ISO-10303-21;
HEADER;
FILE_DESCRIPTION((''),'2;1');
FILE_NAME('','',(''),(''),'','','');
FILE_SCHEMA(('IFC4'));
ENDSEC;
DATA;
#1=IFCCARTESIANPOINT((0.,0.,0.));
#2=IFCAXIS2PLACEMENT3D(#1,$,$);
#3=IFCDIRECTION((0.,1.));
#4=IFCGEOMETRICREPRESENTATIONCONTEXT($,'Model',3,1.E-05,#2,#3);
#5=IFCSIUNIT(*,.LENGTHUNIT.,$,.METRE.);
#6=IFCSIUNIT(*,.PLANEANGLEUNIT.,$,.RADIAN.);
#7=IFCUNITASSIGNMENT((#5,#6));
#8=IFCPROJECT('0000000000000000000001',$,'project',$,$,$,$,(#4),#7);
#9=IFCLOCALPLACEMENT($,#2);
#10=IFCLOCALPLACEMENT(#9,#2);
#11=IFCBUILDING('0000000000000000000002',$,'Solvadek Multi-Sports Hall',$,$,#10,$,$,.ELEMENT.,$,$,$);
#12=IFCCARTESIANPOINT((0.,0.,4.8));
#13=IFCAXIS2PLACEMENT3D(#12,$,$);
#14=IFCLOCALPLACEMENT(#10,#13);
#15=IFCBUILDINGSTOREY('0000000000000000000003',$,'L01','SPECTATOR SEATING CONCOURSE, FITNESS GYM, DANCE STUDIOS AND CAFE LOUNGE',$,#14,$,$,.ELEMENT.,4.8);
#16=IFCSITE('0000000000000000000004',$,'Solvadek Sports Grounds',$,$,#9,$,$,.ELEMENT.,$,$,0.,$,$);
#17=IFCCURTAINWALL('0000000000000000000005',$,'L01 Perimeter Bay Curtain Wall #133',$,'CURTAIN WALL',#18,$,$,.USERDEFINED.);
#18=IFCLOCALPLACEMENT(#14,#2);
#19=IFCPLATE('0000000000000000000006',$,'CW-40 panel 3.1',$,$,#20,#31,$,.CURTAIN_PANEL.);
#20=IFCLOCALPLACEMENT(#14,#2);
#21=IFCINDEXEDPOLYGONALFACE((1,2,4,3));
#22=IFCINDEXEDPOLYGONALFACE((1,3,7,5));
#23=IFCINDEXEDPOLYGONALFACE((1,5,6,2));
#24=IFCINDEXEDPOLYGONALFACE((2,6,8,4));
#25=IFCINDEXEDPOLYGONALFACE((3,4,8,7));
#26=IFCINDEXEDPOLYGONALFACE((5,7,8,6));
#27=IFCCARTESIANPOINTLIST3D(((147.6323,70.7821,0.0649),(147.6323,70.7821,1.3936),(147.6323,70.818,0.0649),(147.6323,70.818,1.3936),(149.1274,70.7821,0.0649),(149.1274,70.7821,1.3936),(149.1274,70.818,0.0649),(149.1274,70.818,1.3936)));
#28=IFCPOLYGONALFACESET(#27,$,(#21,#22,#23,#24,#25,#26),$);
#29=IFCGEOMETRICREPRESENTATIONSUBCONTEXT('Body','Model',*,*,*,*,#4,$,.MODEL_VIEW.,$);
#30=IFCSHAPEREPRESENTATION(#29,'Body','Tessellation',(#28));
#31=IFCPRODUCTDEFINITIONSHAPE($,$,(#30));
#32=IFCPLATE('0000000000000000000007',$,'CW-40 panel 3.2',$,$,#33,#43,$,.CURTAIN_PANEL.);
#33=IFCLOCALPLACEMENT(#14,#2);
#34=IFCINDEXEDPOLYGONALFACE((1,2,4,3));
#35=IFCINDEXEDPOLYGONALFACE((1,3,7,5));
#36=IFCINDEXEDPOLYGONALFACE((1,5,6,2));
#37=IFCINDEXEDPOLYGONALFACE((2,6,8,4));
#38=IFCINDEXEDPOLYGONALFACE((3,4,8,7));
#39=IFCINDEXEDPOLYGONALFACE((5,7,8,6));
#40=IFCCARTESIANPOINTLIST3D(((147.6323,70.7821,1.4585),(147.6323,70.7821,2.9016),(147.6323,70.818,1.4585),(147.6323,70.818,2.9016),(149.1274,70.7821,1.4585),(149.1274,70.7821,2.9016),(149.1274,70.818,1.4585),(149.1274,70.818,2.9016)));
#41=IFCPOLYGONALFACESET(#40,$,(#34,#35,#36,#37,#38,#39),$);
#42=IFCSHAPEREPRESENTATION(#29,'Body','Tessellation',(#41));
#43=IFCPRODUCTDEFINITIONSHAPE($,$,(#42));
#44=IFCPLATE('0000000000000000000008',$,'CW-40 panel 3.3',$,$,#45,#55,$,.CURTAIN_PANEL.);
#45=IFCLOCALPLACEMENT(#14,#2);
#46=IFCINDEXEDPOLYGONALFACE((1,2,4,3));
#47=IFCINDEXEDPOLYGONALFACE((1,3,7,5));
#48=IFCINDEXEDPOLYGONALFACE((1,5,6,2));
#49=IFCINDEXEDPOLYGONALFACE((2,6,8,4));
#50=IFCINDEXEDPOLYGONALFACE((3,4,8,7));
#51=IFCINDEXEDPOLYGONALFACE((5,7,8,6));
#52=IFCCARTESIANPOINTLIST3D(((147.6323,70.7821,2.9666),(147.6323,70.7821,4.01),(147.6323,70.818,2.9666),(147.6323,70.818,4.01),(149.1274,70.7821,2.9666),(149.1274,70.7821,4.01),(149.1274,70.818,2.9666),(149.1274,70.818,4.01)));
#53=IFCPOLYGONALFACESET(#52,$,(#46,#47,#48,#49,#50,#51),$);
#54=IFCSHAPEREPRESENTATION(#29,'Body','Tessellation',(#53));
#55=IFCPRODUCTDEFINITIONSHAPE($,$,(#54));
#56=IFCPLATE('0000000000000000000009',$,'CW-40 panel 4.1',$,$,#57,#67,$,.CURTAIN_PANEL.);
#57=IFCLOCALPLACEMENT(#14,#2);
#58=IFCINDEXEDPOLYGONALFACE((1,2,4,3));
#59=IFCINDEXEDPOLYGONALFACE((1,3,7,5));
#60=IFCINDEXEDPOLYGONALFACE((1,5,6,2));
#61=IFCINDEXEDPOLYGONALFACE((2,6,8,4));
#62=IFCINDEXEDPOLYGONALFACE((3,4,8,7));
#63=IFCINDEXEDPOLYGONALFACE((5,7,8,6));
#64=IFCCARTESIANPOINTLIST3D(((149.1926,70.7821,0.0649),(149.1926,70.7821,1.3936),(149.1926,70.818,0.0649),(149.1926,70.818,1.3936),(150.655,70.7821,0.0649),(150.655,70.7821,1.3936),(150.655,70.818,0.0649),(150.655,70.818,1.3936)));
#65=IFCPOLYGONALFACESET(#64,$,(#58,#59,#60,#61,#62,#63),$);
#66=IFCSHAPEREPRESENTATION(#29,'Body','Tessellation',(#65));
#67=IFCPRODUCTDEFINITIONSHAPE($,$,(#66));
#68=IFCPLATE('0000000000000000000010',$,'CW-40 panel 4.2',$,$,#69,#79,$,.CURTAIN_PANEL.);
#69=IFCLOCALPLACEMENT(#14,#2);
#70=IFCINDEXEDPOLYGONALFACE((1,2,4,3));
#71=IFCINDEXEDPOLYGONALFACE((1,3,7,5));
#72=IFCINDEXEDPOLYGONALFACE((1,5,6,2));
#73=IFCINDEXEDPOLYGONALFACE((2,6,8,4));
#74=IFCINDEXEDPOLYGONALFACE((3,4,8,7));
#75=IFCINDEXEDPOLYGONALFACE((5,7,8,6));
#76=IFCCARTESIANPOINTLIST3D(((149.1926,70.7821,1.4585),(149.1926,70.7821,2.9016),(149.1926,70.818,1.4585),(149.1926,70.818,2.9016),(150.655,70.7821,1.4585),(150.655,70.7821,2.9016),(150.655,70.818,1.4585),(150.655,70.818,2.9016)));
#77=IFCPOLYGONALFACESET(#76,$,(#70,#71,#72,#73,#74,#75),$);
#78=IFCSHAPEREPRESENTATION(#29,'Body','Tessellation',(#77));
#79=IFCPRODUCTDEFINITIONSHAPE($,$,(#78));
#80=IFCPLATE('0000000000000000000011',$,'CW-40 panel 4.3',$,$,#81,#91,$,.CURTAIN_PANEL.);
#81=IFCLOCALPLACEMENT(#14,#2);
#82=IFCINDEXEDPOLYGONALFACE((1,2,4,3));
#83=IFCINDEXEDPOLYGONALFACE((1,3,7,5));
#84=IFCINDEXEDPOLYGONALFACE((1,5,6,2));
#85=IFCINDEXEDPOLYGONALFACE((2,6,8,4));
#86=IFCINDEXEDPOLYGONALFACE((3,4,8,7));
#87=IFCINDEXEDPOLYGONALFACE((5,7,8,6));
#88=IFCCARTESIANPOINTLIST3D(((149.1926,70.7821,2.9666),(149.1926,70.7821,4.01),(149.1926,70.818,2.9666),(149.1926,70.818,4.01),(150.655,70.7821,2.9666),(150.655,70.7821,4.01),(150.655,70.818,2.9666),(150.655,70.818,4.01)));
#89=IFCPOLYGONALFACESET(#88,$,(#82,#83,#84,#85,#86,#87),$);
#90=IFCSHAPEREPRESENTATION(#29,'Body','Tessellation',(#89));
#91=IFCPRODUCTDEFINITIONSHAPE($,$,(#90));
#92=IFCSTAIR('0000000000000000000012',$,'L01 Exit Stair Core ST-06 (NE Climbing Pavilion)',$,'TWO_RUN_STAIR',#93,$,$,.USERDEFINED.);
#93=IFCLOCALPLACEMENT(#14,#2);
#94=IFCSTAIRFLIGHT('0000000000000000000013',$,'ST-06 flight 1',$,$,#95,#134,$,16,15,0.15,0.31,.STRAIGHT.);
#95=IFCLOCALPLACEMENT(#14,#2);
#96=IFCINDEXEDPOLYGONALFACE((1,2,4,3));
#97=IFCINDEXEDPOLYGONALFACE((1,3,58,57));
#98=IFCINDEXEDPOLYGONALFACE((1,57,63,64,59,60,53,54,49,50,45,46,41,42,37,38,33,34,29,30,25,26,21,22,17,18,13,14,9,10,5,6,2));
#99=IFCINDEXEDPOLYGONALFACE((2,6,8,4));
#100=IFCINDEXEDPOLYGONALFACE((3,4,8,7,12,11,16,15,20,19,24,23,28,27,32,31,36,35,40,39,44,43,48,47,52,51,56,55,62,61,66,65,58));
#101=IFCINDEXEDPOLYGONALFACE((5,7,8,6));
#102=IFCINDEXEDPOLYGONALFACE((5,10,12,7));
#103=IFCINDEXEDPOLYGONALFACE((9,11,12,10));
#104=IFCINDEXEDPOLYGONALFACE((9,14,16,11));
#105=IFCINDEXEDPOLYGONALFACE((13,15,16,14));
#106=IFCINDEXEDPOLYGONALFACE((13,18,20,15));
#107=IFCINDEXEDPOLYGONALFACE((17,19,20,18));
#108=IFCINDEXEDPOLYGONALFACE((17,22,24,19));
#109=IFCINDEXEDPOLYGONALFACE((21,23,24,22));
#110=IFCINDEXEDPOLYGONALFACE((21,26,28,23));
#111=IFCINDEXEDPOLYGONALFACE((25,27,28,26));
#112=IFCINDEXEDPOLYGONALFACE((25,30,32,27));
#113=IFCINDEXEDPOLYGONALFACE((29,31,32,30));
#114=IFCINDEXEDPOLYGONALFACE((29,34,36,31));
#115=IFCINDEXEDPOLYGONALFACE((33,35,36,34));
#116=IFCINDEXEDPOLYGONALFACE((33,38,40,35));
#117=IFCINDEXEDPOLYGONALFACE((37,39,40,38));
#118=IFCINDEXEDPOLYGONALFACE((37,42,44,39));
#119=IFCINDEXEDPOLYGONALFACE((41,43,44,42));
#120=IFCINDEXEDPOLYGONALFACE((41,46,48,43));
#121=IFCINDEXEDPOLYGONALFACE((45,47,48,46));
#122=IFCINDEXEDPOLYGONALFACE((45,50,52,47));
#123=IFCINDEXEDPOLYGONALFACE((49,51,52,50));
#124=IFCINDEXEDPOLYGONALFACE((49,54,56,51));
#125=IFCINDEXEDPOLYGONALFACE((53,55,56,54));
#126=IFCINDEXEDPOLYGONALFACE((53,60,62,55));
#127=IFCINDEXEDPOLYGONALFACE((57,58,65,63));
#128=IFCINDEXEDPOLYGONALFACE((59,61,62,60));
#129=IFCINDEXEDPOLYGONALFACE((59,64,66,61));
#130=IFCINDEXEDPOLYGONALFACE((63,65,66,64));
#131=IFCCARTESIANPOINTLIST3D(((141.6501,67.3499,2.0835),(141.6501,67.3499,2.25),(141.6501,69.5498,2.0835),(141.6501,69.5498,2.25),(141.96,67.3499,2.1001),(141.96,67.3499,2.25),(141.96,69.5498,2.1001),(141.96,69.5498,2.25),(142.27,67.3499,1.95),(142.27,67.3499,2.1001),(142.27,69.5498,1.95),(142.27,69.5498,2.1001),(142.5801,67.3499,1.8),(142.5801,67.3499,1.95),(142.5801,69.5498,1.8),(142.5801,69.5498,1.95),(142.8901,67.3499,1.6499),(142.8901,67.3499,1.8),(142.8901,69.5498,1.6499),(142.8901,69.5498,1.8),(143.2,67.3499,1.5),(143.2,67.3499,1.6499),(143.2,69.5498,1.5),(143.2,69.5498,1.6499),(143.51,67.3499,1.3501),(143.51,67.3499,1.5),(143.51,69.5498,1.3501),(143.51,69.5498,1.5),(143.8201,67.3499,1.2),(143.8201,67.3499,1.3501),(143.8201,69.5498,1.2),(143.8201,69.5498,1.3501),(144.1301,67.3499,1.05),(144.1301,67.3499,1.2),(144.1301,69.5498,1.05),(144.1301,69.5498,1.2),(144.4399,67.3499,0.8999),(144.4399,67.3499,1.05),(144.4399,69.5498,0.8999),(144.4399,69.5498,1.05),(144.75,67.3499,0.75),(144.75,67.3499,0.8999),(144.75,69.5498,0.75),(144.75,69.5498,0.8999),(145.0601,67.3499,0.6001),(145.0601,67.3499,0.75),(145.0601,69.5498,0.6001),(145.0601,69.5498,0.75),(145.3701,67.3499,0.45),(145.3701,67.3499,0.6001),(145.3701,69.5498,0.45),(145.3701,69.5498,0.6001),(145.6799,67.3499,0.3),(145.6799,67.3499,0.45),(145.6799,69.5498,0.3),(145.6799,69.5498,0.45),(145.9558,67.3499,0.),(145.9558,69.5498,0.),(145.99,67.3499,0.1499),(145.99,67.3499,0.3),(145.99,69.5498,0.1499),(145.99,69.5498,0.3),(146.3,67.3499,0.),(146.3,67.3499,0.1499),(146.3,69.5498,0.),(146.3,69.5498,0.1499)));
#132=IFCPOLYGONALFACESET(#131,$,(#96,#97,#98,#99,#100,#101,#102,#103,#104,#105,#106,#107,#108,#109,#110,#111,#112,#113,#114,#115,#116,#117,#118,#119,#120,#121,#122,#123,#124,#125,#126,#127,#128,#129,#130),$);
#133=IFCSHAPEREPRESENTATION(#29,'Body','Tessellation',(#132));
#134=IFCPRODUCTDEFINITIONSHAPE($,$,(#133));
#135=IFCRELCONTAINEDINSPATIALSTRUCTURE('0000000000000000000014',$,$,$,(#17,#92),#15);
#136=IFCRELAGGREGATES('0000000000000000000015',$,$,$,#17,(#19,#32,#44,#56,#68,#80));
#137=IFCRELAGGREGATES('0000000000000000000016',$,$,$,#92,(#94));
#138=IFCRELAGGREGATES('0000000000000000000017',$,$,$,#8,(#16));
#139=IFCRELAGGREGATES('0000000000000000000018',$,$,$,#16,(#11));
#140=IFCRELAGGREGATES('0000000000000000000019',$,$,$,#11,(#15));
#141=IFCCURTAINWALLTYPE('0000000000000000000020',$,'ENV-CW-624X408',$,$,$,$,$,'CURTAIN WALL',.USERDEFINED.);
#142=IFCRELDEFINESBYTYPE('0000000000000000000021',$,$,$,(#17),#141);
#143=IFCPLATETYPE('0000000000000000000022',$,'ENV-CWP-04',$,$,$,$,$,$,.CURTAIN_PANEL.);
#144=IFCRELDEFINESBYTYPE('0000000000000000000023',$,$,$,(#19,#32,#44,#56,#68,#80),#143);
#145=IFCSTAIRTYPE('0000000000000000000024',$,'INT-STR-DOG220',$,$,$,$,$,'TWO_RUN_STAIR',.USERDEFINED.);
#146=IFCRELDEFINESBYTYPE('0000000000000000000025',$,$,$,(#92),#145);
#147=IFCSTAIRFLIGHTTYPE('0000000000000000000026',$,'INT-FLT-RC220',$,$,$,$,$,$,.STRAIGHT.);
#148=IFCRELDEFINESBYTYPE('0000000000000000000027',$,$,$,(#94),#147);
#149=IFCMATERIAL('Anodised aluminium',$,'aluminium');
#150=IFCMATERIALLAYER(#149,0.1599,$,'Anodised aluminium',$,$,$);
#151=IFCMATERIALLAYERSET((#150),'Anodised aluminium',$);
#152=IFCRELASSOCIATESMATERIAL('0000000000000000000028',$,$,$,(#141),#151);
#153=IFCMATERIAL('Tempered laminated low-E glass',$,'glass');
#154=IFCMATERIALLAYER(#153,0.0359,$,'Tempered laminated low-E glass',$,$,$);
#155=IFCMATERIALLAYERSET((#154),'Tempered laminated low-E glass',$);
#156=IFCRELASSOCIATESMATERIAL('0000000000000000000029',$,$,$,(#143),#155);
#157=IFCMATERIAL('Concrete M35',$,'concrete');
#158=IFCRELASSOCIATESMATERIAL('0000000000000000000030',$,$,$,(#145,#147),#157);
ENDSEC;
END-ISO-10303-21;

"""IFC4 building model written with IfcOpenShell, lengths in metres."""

from ifc_helpers import new_model, si_unit, direction, frame, origin, origin_2d, place, context, subcontext, project, spatial, polyline, rectangle, outline, extrude, material, layer, layer_set, type_object, element, aggregate, save


model = new_model("IFC4")

# Units and contexts
model_context = context("Model", 3, precision=1e-05, world=origin(), true_north=direction((0.0, 1.0)))
body_context = subcontext(model_context, "Body", "Model", "MODEL_VIEW")
ifc_project = project(units=[si_unit("LENGTHUNIT", "METRE"), si_unit("PLANEANGLEUNIT", "RADIAN")], contexts=[model_context])

# Site, building, storey
site_placement = place(None, origin())
site = spatial("IfcSite", under=ifc_project, at=site_placement, Name="Solvadek Sports Grounds", CompositionType="ELEMENT", RefElevation=0.0)
building_placement = place(site_placement, origin())
building = spatial("IfcBuilding", under=site, at=building_placement, Name="Solvadek Multi-Sports Hall", CompositionType="ELEMENT")
storey_placement = place(building_placement, frame((0.0, 0.0, 4.8)))
storey = spatial("IfcBuildingStorey", under=building, at=storey_placement, Name="L01", Description="SPECTATOR SEATING CONCOURSE, FITNESS GYM, DANCE STUDIOS AND CAFE LOUNGE", CompositionType="ELEMENT", Elevation=4.8)

# Curtain wall
ifc_material_1 = material(Name="Anodised aluminium", Category="aluminium")
ifc_layer_1 = layer(ifc_material_1, 0.1599, Name="Anodised aluminium")
ifc_layer_set_1 = layer_set([ifc_layer_1], Name="Anodised aluminium")
curtain_wall_type_1 = type_object("IfcCurtainWallType", Name="ENV-CW-624X408", ElementType="CURTAIN WALL", PredefinedType="USERDEFINED", material=ifc_layer_set_1)
curtain_wall_1_placement = place(storey_placement, origin())
curtain_wall_1 = element("IfcCurtainWall", 1, at=curtain_wall_1_placement, inside=storey, type_object=curtain_wall_type_1, Name="L01 Perimeter Bay Curtain Wall #133", ObjectType="CURTAIN WALL", PredefinedType="USERDEFINED")

# Plates
ifc_material_2 = material(Name="Tempered laminated low-E glass", Category="glass")
ifc_layer_2 = layer(ifc_material_2, 0.0359, Name="Tempered laminated low-E glass")
ifc_layer_set_2 = layer_set([ifc_layer_2], Name="Tempered laminated low-E glass")
plate_type = type_object("IfcPlateType", Name="ENV-CWP-04", PredefinedType="CURTAIN_PANEL", material=ifc_layer_set_2)
plate_1_placement = place(storey_placement, frame((148.3799, 70.8, 0.0649), z_axis=(0.0, 0.0, 1.0), x_axis=(1.0, 0.0, 0.0)))
plate_1 = element("IfcPlate", 2, at=plate_1_placement, type_object=plate_type, Name="CW-40 panel 3.1", PredefinedType="CURTAIN_PANEL", context=body_context, shape_type="SweptSolid", body=[
    extrude(rectangle(XDim=1.4951, YDim=0.0359, at=origin_2d()), origin(), (0.0, 0.0, 1.0), 1.3286),
])
plate_2_placement = place(storey_placement, frame((148.3799, 70.8, 1.4585), z_axis=(0.0, 0.0, 1.0), x_axis=(1.0, 0.0, 0.0)))
plate_2 = element("IfcPlate", 3, at=plate_2_placement, type_object=plate_type, Name="CW-40 panel 3.2", PredefinedType="CURTAIN_PANEL", context=body_context, shape_type="SweptSolid", body=[
    extrude(rectangle(XDim=1.4951, YDim=0.0359, at=origin_2d()), origin(), (0.0, 0.0, 1.0), 1.4431),
])
plate_3_placement = place(storey_placement, frame((148.3799, 70.8, 2.9666), z_axis=(0.0, 0.0, 1.0), x_axis=(1.0, 0.0, 0.0)))
plate_3 = element("IfcPlate", 4, at=plate_3_placement, type_object=plate_type, Name="CW-40 panel 3.3", PredefinedType="CURTAIN_PANEL", context=body_context, shape_type="SweptSolid", body=[
    extrude(rectangle(XDim=1.4951, YDim=0.0359, at=origin_2d()), origin(), (0.0, 0.0, 1.0), 1.0435),
])
plate_4_placement = place(storey_placement, frame((149.9238, 70.8, 0.0649), z_axis=(0.0, 0.0, 1.0), x_axis=(1.0, 0.0, 0.0)))
plate_4 = element("IfcPlate", 5, at=plate_4_placement, type_object=plate_type, Name="CW-40 panel 4.1", PredefinedType="CURTAIN_PANEL", context=body_context, shape_type="SweptSolid", body=[
    extrude(rectangle(XDim=1.4624, YDim=0.0359, at=origin_2d()), origin(), (0.0, 0.0, 1.0), 1.3286),
])
plate_5_placement = place(storey_placement, frame((149.9238, 70.8, 1.4585), z_axis=(0.0, 0.0, 1.0), x_axis=(1.0, 0.0, 0.0)))
plate_5 = element("IfcPlate", 6, at=plate_5_placement, type_object=plate_type, Name="CW-40 panel 4.2", PredefinedType="CURTAIN_PANEL", context=body_context, shape_type="SweptSolid", body=[
    extrude(rectangle(XDim=1.4624, YDim=0.0359, at=origin_2d()), origin(), (0.0, 0.0, 1.0), 1.4431),
])
plate_6_placement = place(storey_placement, frame((149.9238, 70.8, 2.9666), z_axis=(0.0, 0.0, 1.0), x_axis=(1.0, 0.0, 0.0)))
plate_6 = element("IfcPlate", 7, at=plate_6_placement, type_object=plate_type, Name="CW-40 panel 4.3", PredefinedType="CURTAIN_PANEL", context=body_context, shape_type="SweptSolid", body=[
    extrude(rectangle(XDim=1.4624, YDim=0.0359, at=origin_2d()), origin(), (0.0, 0.0, 1.0), 1.0435),
])
aggregate(curtain_wall_1, [plate_1, plate_2, plate_3, plate_4, plate_5, plate_6])

# Stair, stair flight
ifc_material_3 = material(Name="Concrete M35", Category="concrete")
stair_type = type_object("IfcStairType", Name="INT-STR-DOG220", ElementType="TWO_RUN_STAIR", PredefinedType="USERDEFINED", material=ifc_material_3)
stair_placement = place(storey_placement, origin())
stair = element("IfcStair", 8, at=stair_placement, inside=storey, type_object=stair_type, Name="L01 Exit Stair Core ST-06 (NE Climbing Pavilion)", ObjectType="TWO_RUN_STAIR", PredefinedType="USERDEFINED")
stair_flight_type = type_object("IfcStairFlightType", Name="INT-FLT-RC220", PredefinedType="STRAIGHT", material=ifc_material_3)
stair_flight_placement = place(storey_placement, frame((146.3, 68.45, 0.0), z_axis=(0.0, 0.0, 1.0), x_axis=(-1.0, 0.0, 0.0)))
stair_flight = element("IfcStairFlight", 9, at=stair_flight_placement, type_object=stair_flight_type, Name="ST-06 flight 1", NumberOfRisers=16, NumberOfTreads=15, PredefinedType="STRAIGHT", RiserHeight=0.15, TreadLength=0.31, context=body_context, shape_type="SweptSolid", body=[
    extrude(outline(polyline([(0.0, 0.0), (0.0, 0.1499), (0.3101, 0.1499), (0.3101, 0.3), (0.6201, 0.3), (0.6201, 0.45), (0.9299, 0.45), (0.9299, 0.6001), (1.24, 0.6001), (1.24, 0.75), (1.55, 0.75), (1.55, 0.8999), (1.8601, 0.8999), (1.8601, 1.05), (2.1699, 1.05), (2.1699, 1.2), (2.48, 1.2), (2.48, 1.3501), (2.79, 1.3501), (2.79, 1.5), (3.1001, 1.5), (3.1001, 1.6499), (3.4099, 1.6499), (3.4099, 1.8), (3.72, 1.8), (3.72, 1.95), (4.03, 1.95), (4.03, 2.1001), (4.3401, 2.1001), (4.3401, 2.25), (4.6499, 2.25), (4.6499, 2.3999), (4.6499, 2.0835), (0.3442, 0.0), (0.0, 0.0)])), frame((0.0, 1.1001, 0.0), z_axis=(0.0, -1.0, 0.0), x_axis=(1.0, 0.0, 0.0)), (0.0, 0.0, 1.0), 2.2),
])
aggregate(stair, [stair_flight])

save(model, "model.ifc")
